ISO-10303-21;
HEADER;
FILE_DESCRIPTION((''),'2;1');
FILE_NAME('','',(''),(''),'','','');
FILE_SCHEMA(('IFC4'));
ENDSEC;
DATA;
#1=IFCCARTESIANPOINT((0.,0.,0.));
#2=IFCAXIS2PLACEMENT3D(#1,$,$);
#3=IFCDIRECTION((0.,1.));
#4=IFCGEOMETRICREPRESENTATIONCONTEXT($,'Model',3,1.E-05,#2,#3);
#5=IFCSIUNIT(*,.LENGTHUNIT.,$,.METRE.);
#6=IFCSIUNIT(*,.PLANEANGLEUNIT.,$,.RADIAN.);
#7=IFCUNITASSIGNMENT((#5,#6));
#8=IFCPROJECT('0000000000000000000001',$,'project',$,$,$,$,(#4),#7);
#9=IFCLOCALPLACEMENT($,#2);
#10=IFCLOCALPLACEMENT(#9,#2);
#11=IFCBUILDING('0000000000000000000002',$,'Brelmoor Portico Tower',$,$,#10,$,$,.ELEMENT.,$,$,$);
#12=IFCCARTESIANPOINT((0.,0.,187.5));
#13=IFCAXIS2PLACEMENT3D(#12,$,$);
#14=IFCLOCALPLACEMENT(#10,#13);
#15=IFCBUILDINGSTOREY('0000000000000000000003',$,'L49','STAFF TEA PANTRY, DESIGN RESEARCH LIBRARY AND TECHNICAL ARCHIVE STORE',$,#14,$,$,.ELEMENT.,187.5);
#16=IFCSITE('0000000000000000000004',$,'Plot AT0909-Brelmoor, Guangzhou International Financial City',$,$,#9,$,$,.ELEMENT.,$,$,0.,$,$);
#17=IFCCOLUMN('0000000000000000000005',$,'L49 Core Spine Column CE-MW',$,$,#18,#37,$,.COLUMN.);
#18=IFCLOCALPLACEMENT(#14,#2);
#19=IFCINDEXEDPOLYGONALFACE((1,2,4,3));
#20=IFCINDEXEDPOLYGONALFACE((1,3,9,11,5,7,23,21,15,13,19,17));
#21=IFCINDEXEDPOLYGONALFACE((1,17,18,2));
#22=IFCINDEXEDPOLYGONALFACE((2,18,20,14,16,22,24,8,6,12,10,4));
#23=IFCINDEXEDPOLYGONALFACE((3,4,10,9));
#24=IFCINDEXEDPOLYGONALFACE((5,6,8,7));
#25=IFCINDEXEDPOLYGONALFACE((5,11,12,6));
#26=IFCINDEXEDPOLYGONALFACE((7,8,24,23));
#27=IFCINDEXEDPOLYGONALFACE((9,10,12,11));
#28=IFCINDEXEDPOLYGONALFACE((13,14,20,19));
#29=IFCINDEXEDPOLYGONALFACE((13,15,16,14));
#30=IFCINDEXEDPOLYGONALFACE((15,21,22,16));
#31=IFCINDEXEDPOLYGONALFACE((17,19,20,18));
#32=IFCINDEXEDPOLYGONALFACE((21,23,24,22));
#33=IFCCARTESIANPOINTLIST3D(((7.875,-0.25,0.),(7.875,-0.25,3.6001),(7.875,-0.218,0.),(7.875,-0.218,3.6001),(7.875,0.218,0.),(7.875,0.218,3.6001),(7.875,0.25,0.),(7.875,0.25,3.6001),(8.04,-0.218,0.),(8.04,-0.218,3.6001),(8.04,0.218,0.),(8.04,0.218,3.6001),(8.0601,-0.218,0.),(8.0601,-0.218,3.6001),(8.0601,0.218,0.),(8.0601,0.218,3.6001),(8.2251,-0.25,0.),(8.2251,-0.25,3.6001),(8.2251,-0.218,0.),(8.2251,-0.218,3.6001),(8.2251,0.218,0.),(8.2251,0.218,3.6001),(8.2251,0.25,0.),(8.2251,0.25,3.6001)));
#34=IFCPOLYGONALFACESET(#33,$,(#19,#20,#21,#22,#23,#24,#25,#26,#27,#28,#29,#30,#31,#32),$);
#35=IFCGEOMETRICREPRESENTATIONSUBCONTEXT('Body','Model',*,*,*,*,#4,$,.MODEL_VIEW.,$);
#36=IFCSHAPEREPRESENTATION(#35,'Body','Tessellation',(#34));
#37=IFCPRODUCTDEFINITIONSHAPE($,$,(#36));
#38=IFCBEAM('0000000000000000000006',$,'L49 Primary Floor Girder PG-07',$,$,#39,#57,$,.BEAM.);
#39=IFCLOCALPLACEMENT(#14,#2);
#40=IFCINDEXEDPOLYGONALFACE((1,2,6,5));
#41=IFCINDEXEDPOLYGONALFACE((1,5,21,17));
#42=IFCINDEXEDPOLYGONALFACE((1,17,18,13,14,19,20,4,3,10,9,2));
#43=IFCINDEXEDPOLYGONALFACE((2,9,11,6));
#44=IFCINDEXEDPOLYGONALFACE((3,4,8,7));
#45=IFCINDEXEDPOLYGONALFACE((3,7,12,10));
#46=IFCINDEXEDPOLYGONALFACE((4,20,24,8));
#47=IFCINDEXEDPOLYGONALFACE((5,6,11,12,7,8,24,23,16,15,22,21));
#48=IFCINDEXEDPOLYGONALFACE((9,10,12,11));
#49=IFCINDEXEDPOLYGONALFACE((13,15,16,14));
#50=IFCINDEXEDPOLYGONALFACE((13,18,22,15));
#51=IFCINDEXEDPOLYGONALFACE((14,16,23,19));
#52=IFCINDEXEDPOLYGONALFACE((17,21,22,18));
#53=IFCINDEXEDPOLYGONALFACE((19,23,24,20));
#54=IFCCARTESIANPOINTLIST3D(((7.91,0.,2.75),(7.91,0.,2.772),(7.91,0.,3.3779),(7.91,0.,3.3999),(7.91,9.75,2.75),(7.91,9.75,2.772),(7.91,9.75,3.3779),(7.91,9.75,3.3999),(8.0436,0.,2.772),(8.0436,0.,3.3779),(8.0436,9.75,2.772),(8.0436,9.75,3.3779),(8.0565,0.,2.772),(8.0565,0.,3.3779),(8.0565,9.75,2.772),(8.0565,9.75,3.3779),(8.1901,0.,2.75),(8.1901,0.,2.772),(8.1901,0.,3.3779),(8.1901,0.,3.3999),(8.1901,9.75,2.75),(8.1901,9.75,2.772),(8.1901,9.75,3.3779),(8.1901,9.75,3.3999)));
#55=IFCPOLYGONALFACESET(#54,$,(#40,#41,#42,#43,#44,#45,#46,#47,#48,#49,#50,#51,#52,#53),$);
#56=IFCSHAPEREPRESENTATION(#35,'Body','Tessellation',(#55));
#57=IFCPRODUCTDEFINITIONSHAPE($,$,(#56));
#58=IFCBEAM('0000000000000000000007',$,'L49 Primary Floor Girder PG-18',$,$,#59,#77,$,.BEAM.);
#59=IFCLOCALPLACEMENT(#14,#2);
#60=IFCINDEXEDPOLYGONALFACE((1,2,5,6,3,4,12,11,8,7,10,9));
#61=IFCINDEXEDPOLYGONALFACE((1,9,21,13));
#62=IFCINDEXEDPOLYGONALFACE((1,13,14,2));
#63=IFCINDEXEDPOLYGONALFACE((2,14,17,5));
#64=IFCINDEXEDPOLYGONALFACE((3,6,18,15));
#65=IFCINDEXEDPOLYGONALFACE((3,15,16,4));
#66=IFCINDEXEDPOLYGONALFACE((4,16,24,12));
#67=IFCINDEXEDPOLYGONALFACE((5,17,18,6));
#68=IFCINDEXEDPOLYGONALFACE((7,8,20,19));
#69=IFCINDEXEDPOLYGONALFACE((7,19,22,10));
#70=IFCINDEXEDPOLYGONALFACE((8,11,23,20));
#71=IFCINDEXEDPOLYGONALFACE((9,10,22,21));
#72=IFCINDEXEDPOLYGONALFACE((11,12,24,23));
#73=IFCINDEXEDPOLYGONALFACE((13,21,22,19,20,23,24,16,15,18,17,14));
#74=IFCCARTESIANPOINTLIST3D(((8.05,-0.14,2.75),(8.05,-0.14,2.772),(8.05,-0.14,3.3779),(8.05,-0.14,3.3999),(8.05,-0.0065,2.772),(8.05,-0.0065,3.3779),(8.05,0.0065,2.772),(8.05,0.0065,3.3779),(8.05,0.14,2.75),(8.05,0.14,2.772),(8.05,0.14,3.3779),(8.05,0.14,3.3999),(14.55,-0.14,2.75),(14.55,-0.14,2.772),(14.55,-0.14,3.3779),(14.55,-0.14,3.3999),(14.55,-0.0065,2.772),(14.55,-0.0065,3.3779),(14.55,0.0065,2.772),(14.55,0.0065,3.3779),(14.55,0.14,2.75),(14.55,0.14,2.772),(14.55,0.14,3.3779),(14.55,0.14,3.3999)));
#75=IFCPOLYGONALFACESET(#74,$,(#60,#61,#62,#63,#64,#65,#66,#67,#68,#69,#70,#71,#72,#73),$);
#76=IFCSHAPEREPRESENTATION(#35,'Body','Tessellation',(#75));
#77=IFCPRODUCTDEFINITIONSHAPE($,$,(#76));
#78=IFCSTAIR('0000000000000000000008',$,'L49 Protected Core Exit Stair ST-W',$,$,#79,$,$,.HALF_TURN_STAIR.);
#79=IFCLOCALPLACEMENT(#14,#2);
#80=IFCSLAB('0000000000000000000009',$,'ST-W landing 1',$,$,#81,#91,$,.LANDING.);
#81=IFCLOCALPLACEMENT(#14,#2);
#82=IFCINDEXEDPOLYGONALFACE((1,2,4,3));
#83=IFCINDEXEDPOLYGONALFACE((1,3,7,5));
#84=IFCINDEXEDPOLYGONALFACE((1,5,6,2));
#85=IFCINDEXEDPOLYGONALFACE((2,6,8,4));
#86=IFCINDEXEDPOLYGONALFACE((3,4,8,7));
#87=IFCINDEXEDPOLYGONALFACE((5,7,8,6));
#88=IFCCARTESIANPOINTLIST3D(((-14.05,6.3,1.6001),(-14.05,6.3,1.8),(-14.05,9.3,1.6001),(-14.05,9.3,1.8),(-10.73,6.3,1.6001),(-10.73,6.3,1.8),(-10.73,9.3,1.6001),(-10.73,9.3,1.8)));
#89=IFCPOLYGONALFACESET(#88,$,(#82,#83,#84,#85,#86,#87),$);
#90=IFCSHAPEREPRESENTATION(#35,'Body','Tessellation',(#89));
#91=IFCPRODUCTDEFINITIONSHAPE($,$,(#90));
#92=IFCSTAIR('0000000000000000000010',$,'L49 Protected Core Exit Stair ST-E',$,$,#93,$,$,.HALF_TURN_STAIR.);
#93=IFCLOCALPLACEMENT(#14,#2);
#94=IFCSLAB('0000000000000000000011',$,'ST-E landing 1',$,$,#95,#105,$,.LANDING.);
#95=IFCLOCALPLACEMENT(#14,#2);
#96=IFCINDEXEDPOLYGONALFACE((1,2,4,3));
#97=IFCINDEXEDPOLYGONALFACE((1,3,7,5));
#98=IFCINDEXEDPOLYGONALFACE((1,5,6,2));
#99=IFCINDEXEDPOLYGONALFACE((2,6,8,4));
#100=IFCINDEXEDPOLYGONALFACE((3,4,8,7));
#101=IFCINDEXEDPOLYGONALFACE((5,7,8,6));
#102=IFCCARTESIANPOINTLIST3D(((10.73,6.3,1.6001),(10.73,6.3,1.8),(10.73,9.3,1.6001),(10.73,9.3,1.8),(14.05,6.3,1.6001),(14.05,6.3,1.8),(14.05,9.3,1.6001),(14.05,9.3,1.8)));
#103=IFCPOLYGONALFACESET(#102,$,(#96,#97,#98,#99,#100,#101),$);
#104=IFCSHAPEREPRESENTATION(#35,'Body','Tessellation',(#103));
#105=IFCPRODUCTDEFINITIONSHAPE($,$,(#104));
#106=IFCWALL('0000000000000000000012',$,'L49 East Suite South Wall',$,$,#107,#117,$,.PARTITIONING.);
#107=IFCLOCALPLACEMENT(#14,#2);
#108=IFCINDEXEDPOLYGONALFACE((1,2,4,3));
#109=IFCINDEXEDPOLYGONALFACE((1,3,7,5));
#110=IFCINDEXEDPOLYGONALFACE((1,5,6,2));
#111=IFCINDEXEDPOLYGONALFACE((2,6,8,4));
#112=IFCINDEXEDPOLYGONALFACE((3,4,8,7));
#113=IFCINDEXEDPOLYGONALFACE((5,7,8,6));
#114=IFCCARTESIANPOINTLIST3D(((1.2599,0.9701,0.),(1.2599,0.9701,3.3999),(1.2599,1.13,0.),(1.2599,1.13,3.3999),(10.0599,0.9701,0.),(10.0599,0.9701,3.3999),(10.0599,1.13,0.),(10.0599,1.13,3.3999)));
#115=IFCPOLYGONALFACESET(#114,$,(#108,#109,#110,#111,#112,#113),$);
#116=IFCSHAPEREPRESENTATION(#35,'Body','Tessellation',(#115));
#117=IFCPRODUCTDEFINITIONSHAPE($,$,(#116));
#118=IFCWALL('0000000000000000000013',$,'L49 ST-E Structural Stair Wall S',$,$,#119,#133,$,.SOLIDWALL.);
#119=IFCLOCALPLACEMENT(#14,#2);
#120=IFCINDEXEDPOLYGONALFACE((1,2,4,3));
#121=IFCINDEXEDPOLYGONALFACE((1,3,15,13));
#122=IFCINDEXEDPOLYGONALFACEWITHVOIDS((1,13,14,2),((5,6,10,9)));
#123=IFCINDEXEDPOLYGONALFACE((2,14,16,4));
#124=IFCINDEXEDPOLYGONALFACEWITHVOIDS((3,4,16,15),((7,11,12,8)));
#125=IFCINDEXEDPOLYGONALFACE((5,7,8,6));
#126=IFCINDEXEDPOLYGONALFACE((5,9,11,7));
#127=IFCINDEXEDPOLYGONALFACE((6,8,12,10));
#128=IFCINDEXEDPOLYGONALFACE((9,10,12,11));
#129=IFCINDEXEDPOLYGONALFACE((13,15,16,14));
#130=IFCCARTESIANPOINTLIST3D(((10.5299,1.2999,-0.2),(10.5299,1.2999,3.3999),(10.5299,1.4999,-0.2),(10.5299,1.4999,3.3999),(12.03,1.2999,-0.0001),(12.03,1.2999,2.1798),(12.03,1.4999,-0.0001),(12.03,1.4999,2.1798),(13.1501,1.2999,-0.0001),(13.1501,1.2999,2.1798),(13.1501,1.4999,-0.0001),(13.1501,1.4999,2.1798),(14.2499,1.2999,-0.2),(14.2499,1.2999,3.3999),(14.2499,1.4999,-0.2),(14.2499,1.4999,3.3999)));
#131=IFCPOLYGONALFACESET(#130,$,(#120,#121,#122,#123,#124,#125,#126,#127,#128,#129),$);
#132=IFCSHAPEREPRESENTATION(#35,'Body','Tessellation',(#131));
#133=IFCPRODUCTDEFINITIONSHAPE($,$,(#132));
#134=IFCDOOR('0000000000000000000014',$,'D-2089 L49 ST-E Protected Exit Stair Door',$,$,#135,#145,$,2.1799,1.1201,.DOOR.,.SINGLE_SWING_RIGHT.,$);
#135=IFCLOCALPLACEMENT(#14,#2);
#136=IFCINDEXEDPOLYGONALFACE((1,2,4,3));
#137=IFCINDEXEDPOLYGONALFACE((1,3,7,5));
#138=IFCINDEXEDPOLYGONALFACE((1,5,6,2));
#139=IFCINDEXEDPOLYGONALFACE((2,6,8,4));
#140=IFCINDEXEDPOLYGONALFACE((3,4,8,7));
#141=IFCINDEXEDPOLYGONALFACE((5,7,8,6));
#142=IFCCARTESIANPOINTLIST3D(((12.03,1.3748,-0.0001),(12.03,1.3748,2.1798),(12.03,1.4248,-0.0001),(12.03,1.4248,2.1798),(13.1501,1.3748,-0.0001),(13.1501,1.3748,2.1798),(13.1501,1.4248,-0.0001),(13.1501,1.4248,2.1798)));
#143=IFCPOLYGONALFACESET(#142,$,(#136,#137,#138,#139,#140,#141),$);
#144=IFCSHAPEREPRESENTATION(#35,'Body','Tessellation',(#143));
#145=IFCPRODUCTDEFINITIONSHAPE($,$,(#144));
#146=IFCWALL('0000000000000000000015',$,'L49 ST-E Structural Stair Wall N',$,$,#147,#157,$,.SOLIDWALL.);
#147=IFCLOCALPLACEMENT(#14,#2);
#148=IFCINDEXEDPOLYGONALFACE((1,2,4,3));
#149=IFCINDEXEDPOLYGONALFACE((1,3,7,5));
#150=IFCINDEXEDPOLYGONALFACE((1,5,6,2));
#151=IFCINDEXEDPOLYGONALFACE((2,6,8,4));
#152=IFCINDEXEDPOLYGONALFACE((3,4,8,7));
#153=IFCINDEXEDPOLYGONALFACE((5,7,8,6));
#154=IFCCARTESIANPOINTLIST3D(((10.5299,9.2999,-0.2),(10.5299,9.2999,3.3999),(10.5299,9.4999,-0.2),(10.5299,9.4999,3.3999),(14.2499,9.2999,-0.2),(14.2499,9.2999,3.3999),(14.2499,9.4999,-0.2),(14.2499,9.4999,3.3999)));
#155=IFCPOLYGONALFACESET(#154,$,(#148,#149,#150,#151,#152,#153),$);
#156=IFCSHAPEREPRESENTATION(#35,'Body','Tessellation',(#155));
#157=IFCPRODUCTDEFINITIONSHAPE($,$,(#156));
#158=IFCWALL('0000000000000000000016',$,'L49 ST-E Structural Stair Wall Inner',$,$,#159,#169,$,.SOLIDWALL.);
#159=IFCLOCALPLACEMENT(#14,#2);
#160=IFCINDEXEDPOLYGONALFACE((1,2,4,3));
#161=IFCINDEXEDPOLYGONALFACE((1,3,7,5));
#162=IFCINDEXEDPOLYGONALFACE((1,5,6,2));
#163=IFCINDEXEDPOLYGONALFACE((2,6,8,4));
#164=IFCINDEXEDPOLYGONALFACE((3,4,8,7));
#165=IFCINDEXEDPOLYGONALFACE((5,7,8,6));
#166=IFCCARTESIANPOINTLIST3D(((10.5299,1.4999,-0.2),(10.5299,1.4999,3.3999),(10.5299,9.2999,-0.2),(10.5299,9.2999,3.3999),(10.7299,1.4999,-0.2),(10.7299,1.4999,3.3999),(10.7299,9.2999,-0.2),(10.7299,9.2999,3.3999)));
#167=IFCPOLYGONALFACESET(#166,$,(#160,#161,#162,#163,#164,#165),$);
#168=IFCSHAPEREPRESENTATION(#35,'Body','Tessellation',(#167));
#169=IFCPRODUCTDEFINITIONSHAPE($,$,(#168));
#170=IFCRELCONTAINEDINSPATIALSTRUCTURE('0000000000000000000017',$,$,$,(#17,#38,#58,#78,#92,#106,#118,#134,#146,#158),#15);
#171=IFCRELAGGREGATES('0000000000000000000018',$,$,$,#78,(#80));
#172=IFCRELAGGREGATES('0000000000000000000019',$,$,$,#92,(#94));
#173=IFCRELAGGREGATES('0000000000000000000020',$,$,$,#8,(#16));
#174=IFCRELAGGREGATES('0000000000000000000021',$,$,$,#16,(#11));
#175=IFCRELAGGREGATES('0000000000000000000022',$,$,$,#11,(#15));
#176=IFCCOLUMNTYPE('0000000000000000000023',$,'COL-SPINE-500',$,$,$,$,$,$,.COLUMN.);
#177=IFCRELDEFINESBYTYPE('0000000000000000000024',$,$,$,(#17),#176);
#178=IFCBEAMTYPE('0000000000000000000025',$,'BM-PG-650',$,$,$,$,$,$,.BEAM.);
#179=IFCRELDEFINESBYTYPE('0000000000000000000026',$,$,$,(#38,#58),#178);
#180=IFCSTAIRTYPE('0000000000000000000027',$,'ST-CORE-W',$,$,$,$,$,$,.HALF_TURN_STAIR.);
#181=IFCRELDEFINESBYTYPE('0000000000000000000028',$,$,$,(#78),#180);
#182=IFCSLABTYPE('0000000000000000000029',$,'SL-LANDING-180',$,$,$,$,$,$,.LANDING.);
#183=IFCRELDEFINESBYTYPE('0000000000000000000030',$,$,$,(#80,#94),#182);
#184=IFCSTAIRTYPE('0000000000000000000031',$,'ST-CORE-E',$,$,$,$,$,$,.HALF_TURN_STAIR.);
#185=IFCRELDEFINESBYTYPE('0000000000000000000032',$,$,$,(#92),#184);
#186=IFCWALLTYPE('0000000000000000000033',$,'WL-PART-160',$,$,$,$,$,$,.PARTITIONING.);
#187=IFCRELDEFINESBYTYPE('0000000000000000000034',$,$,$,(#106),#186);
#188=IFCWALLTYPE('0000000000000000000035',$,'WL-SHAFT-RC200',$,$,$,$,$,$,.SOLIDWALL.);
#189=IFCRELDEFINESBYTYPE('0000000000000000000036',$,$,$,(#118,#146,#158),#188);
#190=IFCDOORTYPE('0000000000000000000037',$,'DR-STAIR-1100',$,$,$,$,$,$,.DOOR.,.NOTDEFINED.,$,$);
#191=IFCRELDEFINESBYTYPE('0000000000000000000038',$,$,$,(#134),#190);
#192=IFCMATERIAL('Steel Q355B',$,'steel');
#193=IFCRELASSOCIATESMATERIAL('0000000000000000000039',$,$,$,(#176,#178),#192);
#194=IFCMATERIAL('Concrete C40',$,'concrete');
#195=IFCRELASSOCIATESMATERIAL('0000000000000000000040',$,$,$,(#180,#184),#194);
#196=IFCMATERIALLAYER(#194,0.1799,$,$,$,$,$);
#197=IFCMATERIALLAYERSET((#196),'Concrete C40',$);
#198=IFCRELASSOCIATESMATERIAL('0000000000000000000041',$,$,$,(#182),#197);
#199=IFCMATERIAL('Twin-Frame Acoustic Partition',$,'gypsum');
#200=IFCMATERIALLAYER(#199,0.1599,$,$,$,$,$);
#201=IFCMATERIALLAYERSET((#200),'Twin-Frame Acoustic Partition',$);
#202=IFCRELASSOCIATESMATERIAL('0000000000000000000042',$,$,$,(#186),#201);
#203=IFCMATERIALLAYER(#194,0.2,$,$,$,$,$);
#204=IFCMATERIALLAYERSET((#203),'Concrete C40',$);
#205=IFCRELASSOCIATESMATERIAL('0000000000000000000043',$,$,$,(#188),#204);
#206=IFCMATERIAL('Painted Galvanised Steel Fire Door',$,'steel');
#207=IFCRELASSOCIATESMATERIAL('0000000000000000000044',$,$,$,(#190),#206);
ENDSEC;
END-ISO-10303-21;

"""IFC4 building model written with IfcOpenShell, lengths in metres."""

from ifc_helpers import new_model, si_unit, direction, frame, frame_2d, origin, origin_2d, place, context, subcontext, project, spatial, polyline, rectangle, i_section, outline, extrude, material, layer, layer_set, material_profile, profile_set, type_object, element, fill, aggregate, save


model = new_model("IFC4")

# Units and contexts
model_context = context("Model", 3, precision=1e-05, world=origin(), true_north=direction((0.0, 1.0)))
body_context = subcontext(model_context, "Body", "Model", "MODEL_VIEW")
ifc_project = project(units=[si_unit("LENGTHUNIT", "METRE"), si_unit("PLANEANGLEUNIT", "RADIAN")], contexts=[model_context])

# Site, building, storey
site_placement = place(None, origin())
site = spatial("IfcSite", under=ifc_project, at=site_placement, Name="Plot AT0909-Brelmoor, Guangzhou International Financial City", CompositionType="ELEMENT", RefElevation=0.0)
building_placement = place(site_placement, origin())
building = spatial("IfcBuilding", under=site, at=building_placement, Name="Brelmoor Portico Tower", CompositionType="ELEMENT")
storey_placement = place(building_placement, frame((0.0, 0.0, 187.5)))
storey = spatial("IfcBuildingStorey", under=building, at=storey_placement, Name="L49", Description="STAFF TEA PANTRY, DESIGN RESEARCH LIBRARY AND TECHNICAL ARCHIVE STORE", CompositionType="ELEMENT", Elevation=187.5)

# Column
ifc_material_1 = material(Name="Steel Q355B", Category="steel")
ifc_material_profile_1 = material_profile(ifc_material_1, i_section(OverallWidth=0.3501, OverallDepth=0.5, WebThickness=0.02, FlangeThickness=0.032, at=origin_2d()), Name="HW 500x350x20x32")
ifc_profile_set_1 = profile_set([ifc_material_profile_1], Name="Steel Q355B")
column_type = type_object("IfcColumnType", Name="COL-SPINE-500", PredefinedType="COLUMN", material=ifc_profile_set_1)
column_placement = place(storey_placement, frame((8.05, 0.0, 0.0), z_axis=(0.0, 0.0, 1.0), x_axis=(1.0, 0.0, 0.0)))
element("IfcColumn", 1, at=column_placement, inside=storey, type_object=column_type, Name="L49 Core Spine Column CE-MW", PredefinedType="COLUMN", context=body_context, shape_type="SweptSolid", body=[
    extrude(i_section(OverallWidth=0.3501, OverallDepth=0.5, WebThickness=0.02, FlangeThickness=0.032, at=origin_2d()), origin(), (0.0, 0.0, 1.0), 3.6001),
])

# Beams
ifc_material_profile_2 = material_profile(ifc_material_1, i_section(OverallWidth=0.28, OverallDepth=0.6499, WebThickness=0.0129, FlangeThickness=0.022, at=origin_2d()), Name="HN 650x280x13x22")
ifc_profile_set_2 = profile_set([ifc_material_profile_2], Name="Steel Q355B")
beam_type = type_object("IfcBeamType", Name="BM-PG-650", PredefinedType="BEAM", material=ifc_profile_set_2)
beam_1_placement = place(storey_placement, frame((8.05, 0.0, 3.075), z_axis=(0.0, 1.0, 0.0), x_axis=(-1.0, 0.0, 0.0)))
element("IfcBeam", 2, at=beam_1_placement, inside=storey, type_object=beam_type, Name="L49 Primary Floor Girder PG-07", PredefinedType="BEAM", context=body_context, shape_type="SweptSolid", body=[
    extrude(i_section(OverallWidth=0.28, OverallDepth=0.6499, WebThickness=0.0129, FlangeThickness=0.022, at=origin_2d()), origin(), (0.0, 0.0, 1.0), 9.75),
])
beam_2_placement = place(storey_placement, frame((8.05, 0.0, 3.075), z_axis=(1.0, 0.0, 0.0), x_axis=(0.0, 1.0, 0.0)))
element("IfcBeam", 3, at=beam_2_placement, inside=storey, type_object=beam_type, Name="L49 Primary Floor Girder PG-18", PredefinedType="BEAM", context=body_context, shape_type="SweptSolid", body=[
    extrude(i_section(OverallWidth=0.28, OverallDepth=0.6499, WebThickness=0.0129, FlangeThickness=0.022, at=origin_2d()), origin(), (0.0, 0.0, 1.0), 6.5),
])

# Stairs, slabs
ifc_material_2 = material(Name="Concrete C40", Category="concrete")
stair_type_1 = type_object("IfcStairType", Name="ST-CORE-W", PredefinedType="HALF_TURN_STAIR", material=ifc_material_2)
stair_1_placement = place(storey_placement, origin())
stair_1 = element("IfcStair", 4, at=stair_1_placement, inside=storey, type_object=stair_type_1, Name="L49 Protected Core Exit Stair ST-W", PredefinedType="HALF_TURN_STAIR")
ifc_layer_1 = layer(ifc_material_2, 0.1799)
ifc_layer_set_1 = layer_set([ifc_layer_1], Name="Concrete C40")
slab_type = type_object("IfcSlabType", Name="SL-LANDING-180", PredefinedType="LANDING", material=ifc_layer_set_1)
slab_1_placement = place(storey_placement, frame((0.0, 0.0, 1.6001)))
slab_1 = element("IfcSlab", 5, at=slab_1_placement, type_object=slab_type, Name="ST-W landing 1", PredefinedType="LANDING", context=body_context, shape_type="SweptSolid", body=[
    extrude(outline(polyline([(-10.73, 6.3), (-10.73, 9.3), (-14.05, 9.3), (-14.05, 6.3), (-10.73, 6.3)])), origin(), (0.0, 0.0, 1.0), 0.2),
])
aggregate(stair_1, [slab_1])
stair_type_2 = type_object("IfcStairType", Name="ST-CORE-E", PredefinedType="HALF_TURN_STAIR", material=ifc_material_2)
stair_2_placement = place(storey_placement, origin())
stair_2 = element("IfcStair", 6, at=stair_2_placement, inside=storey, type_object=stair_type_2, Name="L49 Protected Core Exit Stair ST-E", PredefinedType="HALF_TURN_STAIR")
slab_2_placement = place(storey_placement, frame((0.0, 0.0, 1.6001)))
slab_2 = element("IfcSlab", 7, at=slab_2_placement, type_object=slab_type, Name="ST-E landing 1", PredefinedType="LANDING", context=body_context, shape_type="SweptSolid", body=[
    extrude(outline(polyline([(14.05, 6.3), (14.05, 9.3), (10.73, 9.3), (10.73, 6.3), (14.05, 6.3)])), origin(), (0.0, 0.0, 1.0), 0.2),
])

# Wall
ifc_material_3 = material(Name="Twin-Frame Acoustic Partition", Category="gypsum")
ifc_layer_2 = layer(ifc_material_3, 0.1599)
ifc_layer_set_2 = layer_set([ifc_layer_2], Name="Twin-Frame Acoustic Partition")
wall_type_1 = type_object("IfcWallType", Name="WL-PART-160", PredefinedType="PARTITIONING", material=ifc_layer_set_2)
wall_1_placement = place(storey_placement, frame((1.26, 1.05, 0.0), z_axis=(0.0, 0.0, 1.0), x_axis=(1.0, 0.0, 0.0)))
element("IfcWall", 8, at=wall_1_placement, inside=storey, type_object=wall_type_1, Name="L49 East Suite South Wall", PredefinedType="PARTITIONING", context=body_context, shape_type="SweptSolid", body=[
    extrude(rectangle(XDim=8.8, YDim=0.1599, at=frame_2d((4.3999, 0.0))), origin(), (0.0, 0.0, 1.0), 3.3999),
])

# Wall, opening, door
ifc_material_4 = material(Name="Painted Galvanised Steel Fire Door", Category="steel")
ifc_layer_3 = layer(ifc_material_2, 0.2)
ifc_layer_set_3 = layer_set([ifc_layer_3], Name="Concrete C40")
wall_type_2 = type_object("IfcWallType", Name="WL-SHAFT-RC200", PredefinedType="SOLIDWALL", material=ifc_layer_set_3)
wall_2_placement = place(storey_placement, frame((10.53, 1.3999, -0.2), z_axis=(0.0, 0.0, 1.0), x_axis=(1.0, 0.0, 0.0)))
wall_2 = element("IfcWall", 9, at=wall_2_placement, inside=storey, type_object=wall_type_2, Name="L49 ST-E Structural Stair Wall S", PredefinedType="SOLIDWALL", context=body_context, shape_type="SweptSolid", body=[
    extrude(rectangle(XDim=3.72, YDim=0.2, at=frame_2d((1.8599, 0.0))), origin(), (0.0, 0.0, 1.0), 3.5999),
])
opening_1_placement = place(wall_2_placement, frame((1.5, 0.0, 0.2)))
opening_1 = element("IfcOpeningElement", 10, at=opening_1_placement, cuts=wall_2, PredefinedType="OPENING", context=body_context, shape_type="SweptSolid", body=[
    extrude(rectangle(XDim=1.1201, YDim=2.1799, at=frame_2d((0.5601, 1.0898))), frame((0.0, 0.1099, 0.0), z_axis=(0.0, -1.0, 0.0), x_axis=(1.0, 0.0, 0.0)), (0.0, 0.0, 1.0), 0.22),
])
door_type_1 = type_object("IfcDoorType", Name="DR-STAIR-1100", OperationType="NOTDEFINED", PredefinedType="DOOR", material=ifc_material_4)
door_1_placement = place(opening_1_placement, origin())
door_1 = element("IfcDoor", 11, at=door_1_placement, inside=storey, type_object=door_type_1, Name="D-2089 L49 ST-E Protected Exit Stair Door", OperationType="SINGLE_SWING_RIGHT", OverallHeight=2.1799, OverallWidth=1.1201, PredefinedType="DOOR", context=body_context, shape_type="SweptSolid", body=[
    extrude(rectangle(XDim=1.1201, YDim=2.1799, at=frame_2d((0.5601, 1.0898))), frame((0.0, 0.0249, 0.0), z_axis=(0.0, -1.0, 0.0), x_axis=(1.0, 0.0, 0.0)), (0.0, 0.0, 1.0), 0.05),
])
fill(opening_1, door_1)

# Walls
wall_3_placement = place(storey_placement, frame((10.53, 9.3999, -0.2), z_axis=(0.0, 0.0, 1.0), x_axis=(1.0, 0.0, 0.0)))
element("IfcWall", 12, at=wall_3_placement, inside=storey, type_object=wall_type_2, Name="L49 ST-E Structural Stair Wall N", PredefinedType="SOLIDWALL", context=body_context, shape_type="SweptSolid", body=[
    extrude(rectangle(XDim=3.72, YDim=0.2, at=frame_2d((1.8599, 0.0))), origin(), (0.0, 0.0, 1.0), 3.5999),
])
wall_4_placement = place(storey_placement, frame((10.6299, 1.5, -0.2), z_axis=(0.0, 0.0, 1.0), x_axis=(0.0, 1.0, 0.0)))
element("IfcWall", 13, at=wall_4_placement, inside=storey, type_object=wall_type_2, Name="L49 ST-E Structural Stair Wall Inner", PredefinedType="SOLIDWALL", context=body_context, shape_type="SweptSolid", body=[
    extrude(rectangle(XDim=7.8, YDim=0.2, at=frame_2d((3.8999, 0.0))), origin(), (0.0, 0.0, 1.0), 3.5999),
])

aggregate(stair_2, [slab_2])

save(model, "model.ifc")
